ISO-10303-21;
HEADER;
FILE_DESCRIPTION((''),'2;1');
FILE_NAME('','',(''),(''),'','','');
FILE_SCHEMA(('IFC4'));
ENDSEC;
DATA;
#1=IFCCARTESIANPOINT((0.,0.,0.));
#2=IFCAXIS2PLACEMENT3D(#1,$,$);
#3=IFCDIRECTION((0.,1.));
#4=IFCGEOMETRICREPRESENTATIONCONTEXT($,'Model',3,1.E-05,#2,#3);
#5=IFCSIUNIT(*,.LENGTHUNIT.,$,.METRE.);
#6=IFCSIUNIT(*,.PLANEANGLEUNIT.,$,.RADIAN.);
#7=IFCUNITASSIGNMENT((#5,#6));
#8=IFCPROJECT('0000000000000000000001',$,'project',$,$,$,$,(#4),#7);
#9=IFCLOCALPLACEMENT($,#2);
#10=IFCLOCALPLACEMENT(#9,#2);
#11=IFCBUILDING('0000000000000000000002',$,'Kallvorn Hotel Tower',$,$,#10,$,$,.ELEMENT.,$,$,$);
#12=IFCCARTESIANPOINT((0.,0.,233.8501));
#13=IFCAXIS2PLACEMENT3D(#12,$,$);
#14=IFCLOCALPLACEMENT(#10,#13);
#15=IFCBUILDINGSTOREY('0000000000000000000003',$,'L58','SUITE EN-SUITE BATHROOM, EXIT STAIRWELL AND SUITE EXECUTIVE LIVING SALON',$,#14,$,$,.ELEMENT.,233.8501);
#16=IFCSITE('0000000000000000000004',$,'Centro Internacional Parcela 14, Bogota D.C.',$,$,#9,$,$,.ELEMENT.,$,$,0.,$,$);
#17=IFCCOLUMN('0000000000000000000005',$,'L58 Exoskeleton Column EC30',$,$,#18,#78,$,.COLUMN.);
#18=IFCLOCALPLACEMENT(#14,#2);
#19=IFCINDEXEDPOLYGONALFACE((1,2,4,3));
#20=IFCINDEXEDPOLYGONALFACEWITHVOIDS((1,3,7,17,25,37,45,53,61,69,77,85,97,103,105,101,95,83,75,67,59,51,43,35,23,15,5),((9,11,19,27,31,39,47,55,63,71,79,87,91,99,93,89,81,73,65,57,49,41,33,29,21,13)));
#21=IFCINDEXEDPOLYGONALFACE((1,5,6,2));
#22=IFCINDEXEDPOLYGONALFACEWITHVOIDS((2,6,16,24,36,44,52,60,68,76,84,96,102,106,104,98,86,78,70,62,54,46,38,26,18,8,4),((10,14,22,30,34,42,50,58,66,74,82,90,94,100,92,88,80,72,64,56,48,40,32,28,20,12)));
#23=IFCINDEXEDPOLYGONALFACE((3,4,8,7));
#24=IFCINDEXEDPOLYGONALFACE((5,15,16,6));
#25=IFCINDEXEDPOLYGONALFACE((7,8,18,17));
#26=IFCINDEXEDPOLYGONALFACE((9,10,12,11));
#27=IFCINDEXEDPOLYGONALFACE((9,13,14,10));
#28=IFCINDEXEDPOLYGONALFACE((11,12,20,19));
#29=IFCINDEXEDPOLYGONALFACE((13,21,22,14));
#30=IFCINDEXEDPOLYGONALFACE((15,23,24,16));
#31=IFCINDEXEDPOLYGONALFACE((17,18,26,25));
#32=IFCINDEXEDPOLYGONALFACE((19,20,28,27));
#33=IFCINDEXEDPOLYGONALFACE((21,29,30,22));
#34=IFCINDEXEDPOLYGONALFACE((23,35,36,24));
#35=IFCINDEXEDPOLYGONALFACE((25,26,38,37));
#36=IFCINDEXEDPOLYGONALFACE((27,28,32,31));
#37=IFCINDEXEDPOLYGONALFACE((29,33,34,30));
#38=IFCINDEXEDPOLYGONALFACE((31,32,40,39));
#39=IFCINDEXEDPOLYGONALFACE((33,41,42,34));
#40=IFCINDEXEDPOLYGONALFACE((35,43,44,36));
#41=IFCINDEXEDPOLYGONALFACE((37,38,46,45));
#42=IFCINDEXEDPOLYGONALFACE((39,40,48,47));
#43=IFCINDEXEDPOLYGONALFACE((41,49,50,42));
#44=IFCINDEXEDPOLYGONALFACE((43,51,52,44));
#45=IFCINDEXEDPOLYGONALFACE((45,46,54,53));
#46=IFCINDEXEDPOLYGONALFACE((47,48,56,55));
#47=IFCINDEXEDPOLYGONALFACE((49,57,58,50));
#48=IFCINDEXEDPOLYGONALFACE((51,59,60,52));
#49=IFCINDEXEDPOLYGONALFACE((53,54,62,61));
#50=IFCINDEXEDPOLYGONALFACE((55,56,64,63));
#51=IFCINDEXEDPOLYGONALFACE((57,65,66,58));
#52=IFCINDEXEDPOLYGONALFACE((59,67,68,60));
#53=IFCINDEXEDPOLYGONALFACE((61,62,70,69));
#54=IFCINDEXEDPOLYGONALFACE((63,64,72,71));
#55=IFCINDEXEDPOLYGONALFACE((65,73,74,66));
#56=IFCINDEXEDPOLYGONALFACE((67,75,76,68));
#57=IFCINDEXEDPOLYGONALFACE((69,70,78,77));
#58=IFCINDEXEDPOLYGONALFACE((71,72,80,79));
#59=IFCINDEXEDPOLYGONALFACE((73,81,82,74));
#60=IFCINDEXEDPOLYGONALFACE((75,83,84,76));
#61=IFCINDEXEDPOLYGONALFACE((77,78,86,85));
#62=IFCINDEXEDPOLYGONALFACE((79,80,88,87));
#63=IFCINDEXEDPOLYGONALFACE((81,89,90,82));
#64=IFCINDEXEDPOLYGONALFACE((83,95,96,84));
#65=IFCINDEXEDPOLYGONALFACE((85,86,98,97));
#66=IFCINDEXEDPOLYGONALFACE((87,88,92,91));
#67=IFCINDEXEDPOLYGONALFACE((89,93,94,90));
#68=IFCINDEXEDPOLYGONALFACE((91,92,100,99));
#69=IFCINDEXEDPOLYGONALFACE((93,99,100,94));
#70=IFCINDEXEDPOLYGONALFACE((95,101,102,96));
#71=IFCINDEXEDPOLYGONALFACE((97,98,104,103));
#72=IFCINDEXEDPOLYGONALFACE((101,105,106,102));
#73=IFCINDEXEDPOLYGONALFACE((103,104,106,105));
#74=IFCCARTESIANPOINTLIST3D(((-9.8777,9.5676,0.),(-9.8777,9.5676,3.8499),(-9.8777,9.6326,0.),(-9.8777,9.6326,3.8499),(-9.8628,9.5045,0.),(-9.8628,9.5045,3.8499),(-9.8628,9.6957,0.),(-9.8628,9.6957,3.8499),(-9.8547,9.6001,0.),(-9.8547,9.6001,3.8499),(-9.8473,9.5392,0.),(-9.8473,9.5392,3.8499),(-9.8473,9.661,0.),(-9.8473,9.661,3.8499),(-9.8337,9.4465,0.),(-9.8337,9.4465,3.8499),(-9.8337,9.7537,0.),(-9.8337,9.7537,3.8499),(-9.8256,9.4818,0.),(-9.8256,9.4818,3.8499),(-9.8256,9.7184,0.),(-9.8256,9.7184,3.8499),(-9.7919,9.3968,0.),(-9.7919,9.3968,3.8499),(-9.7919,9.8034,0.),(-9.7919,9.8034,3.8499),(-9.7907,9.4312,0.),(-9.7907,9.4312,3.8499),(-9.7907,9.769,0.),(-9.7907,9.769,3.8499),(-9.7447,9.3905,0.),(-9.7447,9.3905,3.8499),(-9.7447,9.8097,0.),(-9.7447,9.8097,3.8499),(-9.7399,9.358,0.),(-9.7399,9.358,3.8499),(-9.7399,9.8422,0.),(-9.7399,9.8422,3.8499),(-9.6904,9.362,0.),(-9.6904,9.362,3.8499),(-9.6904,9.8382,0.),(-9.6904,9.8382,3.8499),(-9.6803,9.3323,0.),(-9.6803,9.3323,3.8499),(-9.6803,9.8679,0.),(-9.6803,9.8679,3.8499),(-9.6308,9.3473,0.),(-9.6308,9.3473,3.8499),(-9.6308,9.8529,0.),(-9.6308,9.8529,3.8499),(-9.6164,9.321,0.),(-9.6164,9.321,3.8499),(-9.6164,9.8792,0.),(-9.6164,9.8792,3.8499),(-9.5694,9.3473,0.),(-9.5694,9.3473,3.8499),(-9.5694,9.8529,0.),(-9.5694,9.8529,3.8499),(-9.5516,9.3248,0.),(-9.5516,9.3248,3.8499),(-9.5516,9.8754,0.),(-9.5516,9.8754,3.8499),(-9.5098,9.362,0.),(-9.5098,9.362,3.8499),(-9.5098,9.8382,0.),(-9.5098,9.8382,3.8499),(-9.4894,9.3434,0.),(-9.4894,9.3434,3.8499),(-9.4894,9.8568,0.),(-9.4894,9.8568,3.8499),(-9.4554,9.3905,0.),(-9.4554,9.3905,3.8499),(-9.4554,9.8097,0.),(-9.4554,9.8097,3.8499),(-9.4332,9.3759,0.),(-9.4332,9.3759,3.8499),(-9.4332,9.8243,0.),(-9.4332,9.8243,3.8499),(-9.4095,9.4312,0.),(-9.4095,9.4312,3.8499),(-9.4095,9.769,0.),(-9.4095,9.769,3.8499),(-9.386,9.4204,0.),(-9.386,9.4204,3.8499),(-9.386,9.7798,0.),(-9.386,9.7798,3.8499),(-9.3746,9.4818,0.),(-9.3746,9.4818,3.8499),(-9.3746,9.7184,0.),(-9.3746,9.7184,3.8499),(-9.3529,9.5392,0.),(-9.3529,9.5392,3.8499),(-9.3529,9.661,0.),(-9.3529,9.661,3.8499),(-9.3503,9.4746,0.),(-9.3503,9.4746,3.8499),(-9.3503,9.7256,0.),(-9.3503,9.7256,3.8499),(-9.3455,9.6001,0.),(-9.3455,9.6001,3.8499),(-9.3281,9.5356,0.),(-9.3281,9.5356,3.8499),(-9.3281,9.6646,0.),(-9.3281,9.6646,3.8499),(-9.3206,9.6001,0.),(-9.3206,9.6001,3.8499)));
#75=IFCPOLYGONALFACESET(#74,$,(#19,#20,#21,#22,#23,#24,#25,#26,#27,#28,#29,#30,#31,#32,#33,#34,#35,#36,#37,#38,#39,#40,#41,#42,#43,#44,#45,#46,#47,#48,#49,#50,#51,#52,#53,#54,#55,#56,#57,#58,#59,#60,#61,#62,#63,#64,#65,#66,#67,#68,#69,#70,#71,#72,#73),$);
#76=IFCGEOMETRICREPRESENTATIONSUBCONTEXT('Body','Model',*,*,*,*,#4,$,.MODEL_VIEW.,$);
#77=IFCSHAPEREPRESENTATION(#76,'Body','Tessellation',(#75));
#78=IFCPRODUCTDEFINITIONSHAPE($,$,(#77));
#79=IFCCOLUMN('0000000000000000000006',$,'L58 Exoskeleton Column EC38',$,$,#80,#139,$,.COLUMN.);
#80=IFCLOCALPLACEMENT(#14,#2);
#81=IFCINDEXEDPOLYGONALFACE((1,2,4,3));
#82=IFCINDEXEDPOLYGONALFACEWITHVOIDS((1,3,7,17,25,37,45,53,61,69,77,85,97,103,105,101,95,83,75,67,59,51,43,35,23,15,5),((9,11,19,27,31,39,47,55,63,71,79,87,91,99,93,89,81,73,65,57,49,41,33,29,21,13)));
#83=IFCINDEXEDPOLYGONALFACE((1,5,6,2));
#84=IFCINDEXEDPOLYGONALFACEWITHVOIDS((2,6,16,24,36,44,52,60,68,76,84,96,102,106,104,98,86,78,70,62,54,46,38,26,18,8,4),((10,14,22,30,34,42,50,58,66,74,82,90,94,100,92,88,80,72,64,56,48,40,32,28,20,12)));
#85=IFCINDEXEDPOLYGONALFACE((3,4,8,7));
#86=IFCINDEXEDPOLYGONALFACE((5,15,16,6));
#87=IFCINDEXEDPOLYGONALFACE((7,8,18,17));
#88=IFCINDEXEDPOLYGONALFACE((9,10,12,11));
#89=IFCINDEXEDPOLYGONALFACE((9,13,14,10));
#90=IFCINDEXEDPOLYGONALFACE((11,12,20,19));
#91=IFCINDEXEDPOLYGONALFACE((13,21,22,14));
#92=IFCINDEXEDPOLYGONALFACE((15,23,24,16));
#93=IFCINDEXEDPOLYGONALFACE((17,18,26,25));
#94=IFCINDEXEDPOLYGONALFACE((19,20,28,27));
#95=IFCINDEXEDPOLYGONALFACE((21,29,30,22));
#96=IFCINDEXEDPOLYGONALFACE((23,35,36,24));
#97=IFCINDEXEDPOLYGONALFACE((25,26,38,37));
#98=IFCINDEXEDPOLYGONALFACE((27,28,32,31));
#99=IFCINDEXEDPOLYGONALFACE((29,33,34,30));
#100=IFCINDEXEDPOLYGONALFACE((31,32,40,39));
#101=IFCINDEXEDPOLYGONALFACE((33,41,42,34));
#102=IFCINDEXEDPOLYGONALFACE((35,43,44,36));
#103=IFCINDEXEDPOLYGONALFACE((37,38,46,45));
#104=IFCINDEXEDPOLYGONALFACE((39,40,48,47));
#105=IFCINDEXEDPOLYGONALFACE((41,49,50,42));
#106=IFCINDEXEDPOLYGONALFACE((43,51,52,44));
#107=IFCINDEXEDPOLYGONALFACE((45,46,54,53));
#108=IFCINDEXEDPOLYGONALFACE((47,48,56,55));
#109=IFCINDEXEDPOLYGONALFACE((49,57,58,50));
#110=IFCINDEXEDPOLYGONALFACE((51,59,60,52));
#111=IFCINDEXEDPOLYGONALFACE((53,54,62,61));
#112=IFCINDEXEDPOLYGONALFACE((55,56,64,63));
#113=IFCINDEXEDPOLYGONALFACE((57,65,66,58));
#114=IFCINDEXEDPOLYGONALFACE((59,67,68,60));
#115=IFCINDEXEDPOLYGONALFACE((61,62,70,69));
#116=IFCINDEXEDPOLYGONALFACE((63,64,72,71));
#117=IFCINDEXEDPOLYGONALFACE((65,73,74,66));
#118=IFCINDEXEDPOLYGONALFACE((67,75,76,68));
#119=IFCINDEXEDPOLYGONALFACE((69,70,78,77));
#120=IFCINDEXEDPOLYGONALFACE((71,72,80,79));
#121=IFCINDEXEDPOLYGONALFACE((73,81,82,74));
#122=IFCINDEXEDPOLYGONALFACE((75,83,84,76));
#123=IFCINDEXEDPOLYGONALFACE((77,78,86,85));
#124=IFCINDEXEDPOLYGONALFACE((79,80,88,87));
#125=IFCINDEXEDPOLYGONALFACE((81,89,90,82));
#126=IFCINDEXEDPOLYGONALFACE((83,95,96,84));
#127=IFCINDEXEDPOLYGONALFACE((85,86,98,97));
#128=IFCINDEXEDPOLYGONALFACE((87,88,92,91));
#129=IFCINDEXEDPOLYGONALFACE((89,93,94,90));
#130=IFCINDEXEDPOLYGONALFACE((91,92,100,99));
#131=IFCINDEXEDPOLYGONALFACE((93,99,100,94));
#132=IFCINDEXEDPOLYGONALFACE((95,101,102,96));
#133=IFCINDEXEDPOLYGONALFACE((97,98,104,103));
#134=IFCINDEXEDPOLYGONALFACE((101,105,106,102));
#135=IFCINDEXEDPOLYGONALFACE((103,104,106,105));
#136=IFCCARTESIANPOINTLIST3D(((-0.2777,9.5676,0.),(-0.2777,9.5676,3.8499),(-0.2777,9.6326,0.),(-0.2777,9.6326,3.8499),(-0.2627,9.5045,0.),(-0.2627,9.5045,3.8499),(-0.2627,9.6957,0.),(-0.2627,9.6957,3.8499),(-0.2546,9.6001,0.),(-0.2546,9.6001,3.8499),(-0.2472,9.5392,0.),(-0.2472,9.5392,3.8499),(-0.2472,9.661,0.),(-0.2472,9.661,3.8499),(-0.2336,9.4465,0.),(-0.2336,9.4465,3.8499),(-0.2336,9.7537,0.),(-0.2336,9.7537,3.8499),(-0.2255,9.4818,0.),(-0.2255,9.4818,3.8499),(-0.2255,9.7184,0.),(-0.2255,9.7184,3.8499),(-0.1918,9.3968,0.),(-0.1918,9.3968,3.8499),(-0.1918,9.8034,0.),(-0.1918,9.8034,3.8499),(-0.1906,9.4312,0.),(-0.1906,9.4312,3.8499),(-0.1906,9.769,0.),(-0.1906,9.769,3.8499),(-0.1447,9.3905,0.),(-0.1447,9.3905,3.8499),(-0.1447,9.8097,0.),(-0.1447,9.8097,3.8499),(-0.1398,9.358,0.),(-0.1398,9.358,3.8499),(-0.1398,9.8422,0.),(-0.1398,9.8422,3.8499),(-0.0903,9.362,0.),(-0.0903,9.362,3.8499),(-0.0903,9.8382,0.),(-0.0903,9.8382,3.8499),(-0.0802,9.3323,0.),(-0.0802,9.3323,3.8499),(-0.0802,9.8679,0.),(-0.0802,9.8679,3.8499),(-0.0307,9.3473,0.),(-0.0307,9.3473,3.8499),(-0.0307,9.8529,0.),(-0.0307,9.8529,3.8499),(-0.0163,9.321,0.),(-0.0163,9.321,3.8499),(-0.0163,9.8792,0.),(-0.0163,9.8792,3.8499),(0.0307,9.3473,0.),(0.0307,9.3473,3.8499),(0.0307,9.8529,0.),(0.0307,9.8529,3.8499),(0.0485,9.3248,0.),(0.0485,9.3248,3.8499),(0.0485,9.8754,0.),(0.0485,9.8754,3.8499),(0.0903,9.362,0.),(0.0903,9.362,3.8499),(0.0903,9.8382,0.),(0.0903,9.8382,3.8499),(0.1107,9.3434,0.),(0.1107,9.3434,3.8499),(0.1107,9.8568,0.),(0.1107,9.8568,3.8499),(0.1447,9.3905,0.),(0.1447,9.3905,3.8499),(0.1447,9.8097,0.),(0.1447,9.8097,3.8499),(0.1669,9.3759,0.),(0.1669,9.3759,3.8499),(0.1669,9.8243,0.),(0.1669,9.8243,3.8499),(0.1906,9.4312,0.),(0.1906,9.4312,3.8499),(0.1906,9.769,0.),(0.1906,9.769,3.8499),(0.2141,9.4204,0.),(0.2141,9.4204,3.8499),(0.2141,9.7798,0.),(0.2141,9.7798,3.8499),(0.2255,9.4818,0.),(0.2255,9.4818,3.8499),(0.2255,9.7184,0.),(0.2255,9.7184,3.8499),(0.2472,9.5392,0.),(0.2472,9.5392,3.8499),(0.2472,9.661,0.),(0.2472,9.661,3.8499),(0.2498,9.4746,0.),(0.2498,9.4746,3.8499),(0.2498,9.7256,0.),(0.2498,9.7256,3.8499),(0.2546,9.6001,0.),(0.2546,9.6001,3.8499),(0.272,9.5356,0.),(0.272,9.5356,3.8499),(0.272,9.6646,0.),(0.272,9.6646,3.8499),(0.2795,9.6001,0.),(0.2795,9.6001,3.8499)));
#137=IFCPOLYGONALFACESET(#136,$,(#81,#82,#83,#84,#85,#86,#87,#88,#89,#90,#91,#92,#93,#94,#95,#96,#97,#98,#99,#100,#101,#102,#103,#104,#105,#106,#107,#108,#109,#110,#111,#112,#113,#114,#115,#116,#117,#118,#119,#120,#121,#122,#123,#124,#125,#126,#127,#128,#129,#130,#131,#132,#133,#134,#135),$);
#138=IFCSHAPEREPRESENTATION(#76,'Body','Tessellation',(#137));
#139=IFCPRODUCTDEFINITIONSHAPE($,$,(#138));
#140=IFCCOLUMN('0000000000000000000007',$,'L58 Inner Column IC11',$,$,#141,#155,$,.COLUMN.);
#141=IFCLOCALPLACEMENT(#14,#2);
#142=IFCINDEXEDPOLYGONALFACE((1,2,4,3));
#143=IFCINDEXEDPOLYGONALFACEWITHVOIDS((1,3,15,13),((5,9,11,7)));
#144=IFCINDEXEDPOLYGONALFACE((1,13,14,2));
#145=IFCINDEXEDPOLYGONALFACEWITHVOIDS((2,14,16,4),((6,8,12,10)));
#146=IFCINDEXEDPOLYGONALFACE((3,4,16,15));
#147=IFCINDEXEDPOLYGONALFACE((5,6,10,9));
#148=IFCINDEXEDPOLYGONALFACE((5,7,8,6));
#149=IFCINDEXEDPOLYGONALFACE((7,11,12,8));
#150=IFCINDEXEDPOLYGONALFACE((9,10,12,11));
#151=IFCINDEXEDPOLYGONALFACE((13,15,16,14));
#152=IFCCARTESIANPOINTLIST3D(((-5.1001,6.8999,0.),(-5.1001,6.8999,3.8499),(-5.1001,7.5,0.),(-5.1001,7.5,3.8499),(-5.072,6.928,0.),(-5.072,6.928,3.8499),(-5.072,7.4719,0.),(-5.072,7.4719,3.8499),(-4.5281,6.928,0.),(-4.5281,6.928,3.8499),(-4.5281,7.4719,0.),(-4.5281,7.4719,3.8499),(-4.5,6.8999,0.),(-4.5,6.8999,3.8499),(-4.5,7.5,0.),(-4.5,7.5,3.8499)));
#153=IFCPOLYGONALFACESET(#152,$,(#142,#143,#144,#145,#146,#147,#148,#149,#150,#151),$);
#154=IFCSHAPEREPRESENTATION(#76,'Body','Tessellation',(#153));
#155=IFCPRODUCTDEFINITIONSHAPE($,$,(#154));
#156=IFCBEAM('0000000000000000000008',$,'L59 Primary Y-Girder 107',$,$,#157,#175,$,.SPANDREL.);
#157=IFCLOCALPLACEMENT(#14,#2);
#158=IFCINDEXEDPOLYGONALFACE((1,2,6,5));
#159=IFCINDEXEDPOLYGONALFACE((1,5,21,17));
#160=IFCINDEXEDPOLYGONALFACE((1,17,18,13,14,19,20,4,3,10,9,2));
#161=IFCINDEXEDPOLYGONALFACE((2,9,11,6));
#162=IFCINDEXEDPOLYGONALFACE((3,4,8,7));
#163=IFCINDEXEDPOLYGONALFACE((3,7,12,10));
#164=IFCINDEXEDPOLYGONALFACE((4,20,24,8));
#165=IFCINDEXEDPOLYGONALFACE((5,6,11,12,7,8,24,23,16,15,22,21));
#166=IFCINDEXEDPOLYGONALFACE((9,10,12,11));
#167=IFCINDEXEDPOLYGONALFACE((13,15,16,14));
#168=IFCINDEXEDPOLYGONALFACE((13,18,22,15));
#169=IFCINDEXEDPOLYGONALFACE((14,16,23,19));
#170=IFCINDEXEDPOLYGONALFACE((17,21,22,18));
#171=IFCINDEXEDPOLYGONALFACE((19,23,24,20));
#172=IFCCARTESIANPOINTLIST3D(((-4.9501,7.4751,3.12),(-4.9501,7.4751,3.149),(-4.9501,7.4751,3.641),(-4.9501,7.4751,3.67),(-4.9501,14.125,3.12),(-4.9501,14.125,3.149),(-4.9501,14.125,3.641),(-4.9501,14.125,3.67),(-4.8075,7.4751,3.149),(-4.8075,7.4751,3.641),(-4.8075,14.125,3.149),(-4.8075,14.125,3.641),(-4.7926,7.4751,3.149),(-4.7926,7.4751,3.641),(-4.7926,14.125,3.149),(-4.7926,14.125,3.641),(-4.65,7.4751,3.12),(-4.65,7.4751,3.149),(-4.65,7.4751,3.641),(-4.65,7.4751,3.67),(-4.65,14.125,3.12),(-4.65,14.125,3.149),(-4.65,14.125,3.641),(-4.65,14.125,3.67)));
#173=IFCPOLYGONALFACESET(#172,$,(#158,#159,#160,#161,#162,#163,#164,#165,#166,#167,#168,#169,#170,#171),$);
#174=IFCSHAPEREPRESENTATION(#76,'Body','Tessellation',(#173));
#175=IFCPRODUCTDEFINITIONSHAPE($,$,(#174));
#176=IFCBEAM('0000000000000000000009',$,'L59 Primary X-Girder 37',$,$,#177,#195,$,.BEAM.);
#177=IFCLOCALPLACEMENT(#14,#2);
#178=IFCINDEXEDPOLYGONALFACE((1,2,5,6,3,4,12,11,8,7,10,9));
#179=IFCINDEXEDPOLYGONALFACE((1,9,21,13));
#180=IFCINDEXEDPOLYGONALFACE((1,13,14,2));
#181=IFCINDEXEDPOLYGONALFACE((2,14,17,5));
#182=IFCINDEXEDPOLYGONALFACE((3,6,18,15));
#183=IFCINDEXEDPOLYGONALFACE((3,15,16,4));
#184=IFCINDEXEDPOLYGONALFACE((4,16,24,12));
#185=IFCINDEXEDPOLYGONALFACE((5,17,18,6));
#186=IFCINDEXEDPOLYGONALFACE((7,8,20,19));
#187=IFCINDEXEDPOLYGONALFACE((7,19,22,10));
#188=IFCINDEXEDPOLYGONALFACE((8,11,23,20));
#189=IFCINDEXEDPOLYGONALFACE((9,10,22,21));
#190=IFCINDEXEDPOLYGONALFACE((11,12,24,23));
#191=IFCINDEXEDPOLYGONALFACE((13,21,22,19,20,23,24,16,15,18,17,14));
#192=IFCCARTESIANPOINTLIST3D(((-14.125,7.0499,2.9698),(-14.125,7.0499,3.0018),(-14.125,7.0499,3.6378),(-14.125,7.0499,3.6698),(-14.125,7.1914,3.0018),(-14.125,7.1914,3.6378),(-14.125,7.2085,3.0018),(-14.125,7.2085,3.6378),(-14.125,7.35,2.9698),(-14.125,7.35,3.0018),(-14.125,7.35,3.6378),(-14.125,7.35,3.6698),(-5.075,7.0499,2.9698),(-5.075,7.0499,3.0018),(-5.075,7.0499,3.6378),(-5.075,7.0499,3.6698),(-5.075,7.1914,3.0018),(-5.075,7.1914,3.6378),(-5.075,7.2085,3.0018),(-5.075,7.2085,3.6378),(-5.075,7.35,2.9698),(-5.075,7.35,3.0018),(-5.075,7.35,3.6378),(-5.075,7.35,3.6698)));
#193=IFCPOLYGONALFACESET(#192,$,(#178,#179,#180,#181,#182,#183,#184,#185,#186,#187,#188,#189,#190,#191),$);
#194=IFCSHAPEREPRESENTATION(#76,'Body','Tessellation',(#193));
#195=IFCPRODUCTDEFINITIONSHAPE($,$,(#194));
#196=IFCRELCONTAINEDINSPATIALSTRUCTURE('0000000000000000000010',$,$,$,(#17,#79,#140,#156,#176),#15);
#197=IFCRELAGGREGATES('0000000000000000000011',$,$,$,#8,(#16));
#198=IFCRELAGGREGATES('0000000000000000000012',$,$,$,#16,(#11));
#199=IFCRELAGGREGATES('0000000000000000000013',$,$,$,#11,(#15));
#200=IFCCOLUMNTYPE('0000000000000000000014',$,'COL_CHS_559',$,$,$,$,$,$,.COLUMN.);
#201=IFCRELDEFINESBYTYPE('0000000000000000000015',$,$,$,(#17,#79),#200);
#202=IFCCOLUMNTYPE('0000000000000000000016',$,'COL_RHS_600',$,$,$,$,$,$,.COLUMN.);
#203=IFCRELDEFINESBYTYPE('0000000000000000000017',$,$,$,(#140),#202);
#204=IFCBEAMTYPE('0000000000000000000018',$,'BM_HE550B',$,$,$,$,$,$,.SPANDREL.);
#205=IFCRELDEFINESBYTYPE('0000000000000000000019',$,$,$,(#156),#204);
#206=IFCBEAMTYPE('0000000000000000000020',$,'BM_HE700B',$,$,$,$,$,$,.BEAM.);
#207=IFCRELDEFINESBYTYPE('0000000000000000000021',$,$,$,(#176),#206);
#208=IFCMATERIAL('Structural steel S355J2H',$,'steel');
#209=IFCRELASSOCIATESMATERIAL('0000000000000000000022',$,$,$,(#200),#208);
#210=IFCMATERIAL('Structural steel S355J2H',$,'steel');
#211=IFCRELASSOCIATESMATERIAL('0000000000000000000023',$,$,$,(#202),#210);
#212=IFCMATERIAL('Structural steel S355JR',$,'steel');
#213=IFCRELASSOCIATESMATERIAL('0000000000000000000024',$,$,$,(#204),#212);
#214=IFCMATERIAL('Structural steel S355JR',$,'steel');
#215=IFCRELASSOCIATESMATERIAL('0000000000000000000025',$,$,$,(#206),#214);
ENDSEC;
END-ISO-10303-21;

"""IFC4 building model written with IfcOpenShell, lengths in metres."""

from ifc_helpers import new_model, si_unit, direction, frame, origin, origin_2d, place, context, subcontext, project, spatial, hollow_rectangle, hollow_circle, i_section, extrude, material, material_profile, profile_set, type_object, element, save


model = new_model("IFC4")

# Units and contexts
model_context = context("Model", 3, precision=1e-05, world=origin(), true_north=direction((0.0, 1.0)))
body_context = subcontext(model_context, "Body", "Model", "MODEL_VIEW")
ifc_project = project(units=[si_unit("LENGTHUNIT", "METRE"), si_unit("PLANEANGLEUNIT", "RADIAN")], contexts=[model_context])

# Site, building, storey
site_placement = place(None, origin())
site = spatial("IfcSite", under=ifc_project, at=site_placement, Name="Centro Internacional Parcela 14, Bogota D.C.", CompositionType="ELEMENT", RefElevation=0.0)
building_placement = place(site_placement, origin())
building = spatial("IfcBuilding", under=site, at=building_placement, Name="Kallvorn Hotel Tower", CompositionType="ELEMENT")
storey_placement = place(building_placement, frame((0.0, 0.0, 233.8501)))
storey = spatial("IfcBuildingStorey", under=building, at=storey_placement, Name="L58", Description="SUITE EN-SUITE BATHROOM, EXIT STAIRWELL AND SUITE EXECUTIVE LIVING SALON", CompositionType="ELEMENT", Elevation=233.8501)

# Columns
ifc_material_1 = material(Name="Structural steel S355J2H", Category="steel")
ifc_material_profile_1 = material_profile(ifc_material_1, hollow_circle(Radius=0.2795, WallThickness=0.0249, at=origin_2d()), Name="CHS 559x25")
ifc_profile_set_1 = profile_set([ifc_material_profile_1], Name="Structural steel S355J2H")
column_type_1 = type_object("IfcColumnType", Name="COL_CHS_559", PredefinedType="COLUMN", material=ifc_profile_set_1)
for number, where, z_axis, x_axis, name in (
    (1, (-9.6001, 9.6001, 0.0), (0.0, 0.0, 1.0), (1.0, 0.0, 0.0), "L58 Exoskeleton Column EC30"),
    (2, (0.0, 9.6001, 0.0), (0.0, 0.0, 1.0), (1.0, 0.0, 0.0), "L58 Exoskeleton Column EC38"),
):
    element("IfcColumn", number, at=place(storey_placement, frame(where, z_axis=z_axis, x_axis=x_axis)), inside=storey, type_object=column_type_1, Name=name, PredefinedType="COLUMN", context=body_context, shape_type="SweptSolid", body=[
        extrude(hollow_circle(Radius=0.2795, WallThickness=0.0249, at=origin_2d()), origin(), (0.0, 0.0, 1.0), 3.8499),
    ])
ifc_material_2 = material(Name="Structural steel S355J2H", Category="steel")
ifc_material_profile_2 = material_profile(ifc_material_2, hollow_rectangle(XDim=0.6001, YDim=0.6001, WallThickness=0.0281, at=origin_2d()), Name="RHS 600x600x28")
ifc_profile_set_2 = profile_set([ifc_material_profile_2], Name="Structural steel S355J2H")
column_type_2 = type_object("IfcColumnType", Name="COL_RHS_600", PredefinedType="COLUMN", material=ifc_profile_set_2)
column_placement = place(storey_placement, frame((-4.8, 7.2, 0.0), z_axis=(0.0, 0.0, 1.0), x_axis=(1.0, 0.0, 0.0)))
element("IfcColumn", 3, at=column_placement, inside=storey, type_object=column_type_2, Name="L58 Inner Column IC11", PredefinedType="COLUMN", context=body_context, shape_type="SweptSolid", body=[
    extrude(hollow_rectangle(XDim=0.6001, YDim=0.6001, WallThickness=0.0281, at=origin_2d()), origin(), (0.0, 0.0, 1.0), 3.8499),
])

# Beams
ifc_material_3 = material(Name="Structural steel S355JR", Category="steel")
ifc_material_profile_3 = material_profile(ifc_material_3, i_section(OverallWidth=0.3, OverallDepth=0.55, WebThickness=0.0149, FlangeThickness=0.0291, at=origin_2d()), Name="HE 550 B")
ifc_profile_set_3 = profile_set([ifc_material_profile_3], Name="Structural steel S355JR")
beam_type_1 = type_object("IfcBeamType", Name="BM_HE550B", PredefinedType="SPANDREL", material=ifc_profile_set_3)
beam_1_placement = place(storey_placement, frame((-4.8, 7.4751, 3.395), z_axis=(0.0, 1.0, 0.0), x_axis=(-1.0, 0.0, 0.0)))
element("IfcBeam", 4, at=beam_1_placement, inside=storey, type_object=beam_type_1, Name="L59 Primary Y-Girder 107", PredefinedType="SPANDREL", context=body_context, shape_type="SweptSolid", body=[
    extrude(i_section(OverallWidth=0.3, OverallDepth=0.55, WebThickness=0.0149, FlangeThickness=0.0291, at=origin_2d()), origin(), (0.0, 0.0, 1.0), 6.6499),
])
ifc_material_4 = material(Name="Structural steel S355JR", Category="steel")
ifc_material_profile_4 = material_profile(ifc_material_4, i_section(OverallWidth=0.3, OverallDepth=0.7, WebThickness=0.0171, FlangeThickness=0.032, at=origin_2d()), Name="HE 700 B")
ifc_profile_set_4 = profile_set([ifc_material_profile_4], Name="Structural steel S355JR")
beam_type_2 = type_object("IfcBeamType", Name="BM_HE700B", PredefinedType="BEAM", material=ifc_profile_set_4)
beam_2_placement = place(storey_placement, frame((-14.125, 7.2, 3.3198), z_axis=(1.0, 0.0, 0.0), x_axis=(0.0, 1.0, 0.0)))
element("IfcBeam", 5, at=beam_2_placement, inside=storey, type_object=beam_type_2, Name="L59 Primary X-Girder 37", PredefinedType="BEAM", context=body_context, shape_type="SweptSolid", body=[
    extrude(i_section(OverallWidth=0.3, OverallDepth=0.7, WebThickness=0.0171, FlangeThickness=0.032, at=origin_2d()), origin(), (0.0, 0.0, 1.0), 9.05),
])

save(model, "model.ifc")
